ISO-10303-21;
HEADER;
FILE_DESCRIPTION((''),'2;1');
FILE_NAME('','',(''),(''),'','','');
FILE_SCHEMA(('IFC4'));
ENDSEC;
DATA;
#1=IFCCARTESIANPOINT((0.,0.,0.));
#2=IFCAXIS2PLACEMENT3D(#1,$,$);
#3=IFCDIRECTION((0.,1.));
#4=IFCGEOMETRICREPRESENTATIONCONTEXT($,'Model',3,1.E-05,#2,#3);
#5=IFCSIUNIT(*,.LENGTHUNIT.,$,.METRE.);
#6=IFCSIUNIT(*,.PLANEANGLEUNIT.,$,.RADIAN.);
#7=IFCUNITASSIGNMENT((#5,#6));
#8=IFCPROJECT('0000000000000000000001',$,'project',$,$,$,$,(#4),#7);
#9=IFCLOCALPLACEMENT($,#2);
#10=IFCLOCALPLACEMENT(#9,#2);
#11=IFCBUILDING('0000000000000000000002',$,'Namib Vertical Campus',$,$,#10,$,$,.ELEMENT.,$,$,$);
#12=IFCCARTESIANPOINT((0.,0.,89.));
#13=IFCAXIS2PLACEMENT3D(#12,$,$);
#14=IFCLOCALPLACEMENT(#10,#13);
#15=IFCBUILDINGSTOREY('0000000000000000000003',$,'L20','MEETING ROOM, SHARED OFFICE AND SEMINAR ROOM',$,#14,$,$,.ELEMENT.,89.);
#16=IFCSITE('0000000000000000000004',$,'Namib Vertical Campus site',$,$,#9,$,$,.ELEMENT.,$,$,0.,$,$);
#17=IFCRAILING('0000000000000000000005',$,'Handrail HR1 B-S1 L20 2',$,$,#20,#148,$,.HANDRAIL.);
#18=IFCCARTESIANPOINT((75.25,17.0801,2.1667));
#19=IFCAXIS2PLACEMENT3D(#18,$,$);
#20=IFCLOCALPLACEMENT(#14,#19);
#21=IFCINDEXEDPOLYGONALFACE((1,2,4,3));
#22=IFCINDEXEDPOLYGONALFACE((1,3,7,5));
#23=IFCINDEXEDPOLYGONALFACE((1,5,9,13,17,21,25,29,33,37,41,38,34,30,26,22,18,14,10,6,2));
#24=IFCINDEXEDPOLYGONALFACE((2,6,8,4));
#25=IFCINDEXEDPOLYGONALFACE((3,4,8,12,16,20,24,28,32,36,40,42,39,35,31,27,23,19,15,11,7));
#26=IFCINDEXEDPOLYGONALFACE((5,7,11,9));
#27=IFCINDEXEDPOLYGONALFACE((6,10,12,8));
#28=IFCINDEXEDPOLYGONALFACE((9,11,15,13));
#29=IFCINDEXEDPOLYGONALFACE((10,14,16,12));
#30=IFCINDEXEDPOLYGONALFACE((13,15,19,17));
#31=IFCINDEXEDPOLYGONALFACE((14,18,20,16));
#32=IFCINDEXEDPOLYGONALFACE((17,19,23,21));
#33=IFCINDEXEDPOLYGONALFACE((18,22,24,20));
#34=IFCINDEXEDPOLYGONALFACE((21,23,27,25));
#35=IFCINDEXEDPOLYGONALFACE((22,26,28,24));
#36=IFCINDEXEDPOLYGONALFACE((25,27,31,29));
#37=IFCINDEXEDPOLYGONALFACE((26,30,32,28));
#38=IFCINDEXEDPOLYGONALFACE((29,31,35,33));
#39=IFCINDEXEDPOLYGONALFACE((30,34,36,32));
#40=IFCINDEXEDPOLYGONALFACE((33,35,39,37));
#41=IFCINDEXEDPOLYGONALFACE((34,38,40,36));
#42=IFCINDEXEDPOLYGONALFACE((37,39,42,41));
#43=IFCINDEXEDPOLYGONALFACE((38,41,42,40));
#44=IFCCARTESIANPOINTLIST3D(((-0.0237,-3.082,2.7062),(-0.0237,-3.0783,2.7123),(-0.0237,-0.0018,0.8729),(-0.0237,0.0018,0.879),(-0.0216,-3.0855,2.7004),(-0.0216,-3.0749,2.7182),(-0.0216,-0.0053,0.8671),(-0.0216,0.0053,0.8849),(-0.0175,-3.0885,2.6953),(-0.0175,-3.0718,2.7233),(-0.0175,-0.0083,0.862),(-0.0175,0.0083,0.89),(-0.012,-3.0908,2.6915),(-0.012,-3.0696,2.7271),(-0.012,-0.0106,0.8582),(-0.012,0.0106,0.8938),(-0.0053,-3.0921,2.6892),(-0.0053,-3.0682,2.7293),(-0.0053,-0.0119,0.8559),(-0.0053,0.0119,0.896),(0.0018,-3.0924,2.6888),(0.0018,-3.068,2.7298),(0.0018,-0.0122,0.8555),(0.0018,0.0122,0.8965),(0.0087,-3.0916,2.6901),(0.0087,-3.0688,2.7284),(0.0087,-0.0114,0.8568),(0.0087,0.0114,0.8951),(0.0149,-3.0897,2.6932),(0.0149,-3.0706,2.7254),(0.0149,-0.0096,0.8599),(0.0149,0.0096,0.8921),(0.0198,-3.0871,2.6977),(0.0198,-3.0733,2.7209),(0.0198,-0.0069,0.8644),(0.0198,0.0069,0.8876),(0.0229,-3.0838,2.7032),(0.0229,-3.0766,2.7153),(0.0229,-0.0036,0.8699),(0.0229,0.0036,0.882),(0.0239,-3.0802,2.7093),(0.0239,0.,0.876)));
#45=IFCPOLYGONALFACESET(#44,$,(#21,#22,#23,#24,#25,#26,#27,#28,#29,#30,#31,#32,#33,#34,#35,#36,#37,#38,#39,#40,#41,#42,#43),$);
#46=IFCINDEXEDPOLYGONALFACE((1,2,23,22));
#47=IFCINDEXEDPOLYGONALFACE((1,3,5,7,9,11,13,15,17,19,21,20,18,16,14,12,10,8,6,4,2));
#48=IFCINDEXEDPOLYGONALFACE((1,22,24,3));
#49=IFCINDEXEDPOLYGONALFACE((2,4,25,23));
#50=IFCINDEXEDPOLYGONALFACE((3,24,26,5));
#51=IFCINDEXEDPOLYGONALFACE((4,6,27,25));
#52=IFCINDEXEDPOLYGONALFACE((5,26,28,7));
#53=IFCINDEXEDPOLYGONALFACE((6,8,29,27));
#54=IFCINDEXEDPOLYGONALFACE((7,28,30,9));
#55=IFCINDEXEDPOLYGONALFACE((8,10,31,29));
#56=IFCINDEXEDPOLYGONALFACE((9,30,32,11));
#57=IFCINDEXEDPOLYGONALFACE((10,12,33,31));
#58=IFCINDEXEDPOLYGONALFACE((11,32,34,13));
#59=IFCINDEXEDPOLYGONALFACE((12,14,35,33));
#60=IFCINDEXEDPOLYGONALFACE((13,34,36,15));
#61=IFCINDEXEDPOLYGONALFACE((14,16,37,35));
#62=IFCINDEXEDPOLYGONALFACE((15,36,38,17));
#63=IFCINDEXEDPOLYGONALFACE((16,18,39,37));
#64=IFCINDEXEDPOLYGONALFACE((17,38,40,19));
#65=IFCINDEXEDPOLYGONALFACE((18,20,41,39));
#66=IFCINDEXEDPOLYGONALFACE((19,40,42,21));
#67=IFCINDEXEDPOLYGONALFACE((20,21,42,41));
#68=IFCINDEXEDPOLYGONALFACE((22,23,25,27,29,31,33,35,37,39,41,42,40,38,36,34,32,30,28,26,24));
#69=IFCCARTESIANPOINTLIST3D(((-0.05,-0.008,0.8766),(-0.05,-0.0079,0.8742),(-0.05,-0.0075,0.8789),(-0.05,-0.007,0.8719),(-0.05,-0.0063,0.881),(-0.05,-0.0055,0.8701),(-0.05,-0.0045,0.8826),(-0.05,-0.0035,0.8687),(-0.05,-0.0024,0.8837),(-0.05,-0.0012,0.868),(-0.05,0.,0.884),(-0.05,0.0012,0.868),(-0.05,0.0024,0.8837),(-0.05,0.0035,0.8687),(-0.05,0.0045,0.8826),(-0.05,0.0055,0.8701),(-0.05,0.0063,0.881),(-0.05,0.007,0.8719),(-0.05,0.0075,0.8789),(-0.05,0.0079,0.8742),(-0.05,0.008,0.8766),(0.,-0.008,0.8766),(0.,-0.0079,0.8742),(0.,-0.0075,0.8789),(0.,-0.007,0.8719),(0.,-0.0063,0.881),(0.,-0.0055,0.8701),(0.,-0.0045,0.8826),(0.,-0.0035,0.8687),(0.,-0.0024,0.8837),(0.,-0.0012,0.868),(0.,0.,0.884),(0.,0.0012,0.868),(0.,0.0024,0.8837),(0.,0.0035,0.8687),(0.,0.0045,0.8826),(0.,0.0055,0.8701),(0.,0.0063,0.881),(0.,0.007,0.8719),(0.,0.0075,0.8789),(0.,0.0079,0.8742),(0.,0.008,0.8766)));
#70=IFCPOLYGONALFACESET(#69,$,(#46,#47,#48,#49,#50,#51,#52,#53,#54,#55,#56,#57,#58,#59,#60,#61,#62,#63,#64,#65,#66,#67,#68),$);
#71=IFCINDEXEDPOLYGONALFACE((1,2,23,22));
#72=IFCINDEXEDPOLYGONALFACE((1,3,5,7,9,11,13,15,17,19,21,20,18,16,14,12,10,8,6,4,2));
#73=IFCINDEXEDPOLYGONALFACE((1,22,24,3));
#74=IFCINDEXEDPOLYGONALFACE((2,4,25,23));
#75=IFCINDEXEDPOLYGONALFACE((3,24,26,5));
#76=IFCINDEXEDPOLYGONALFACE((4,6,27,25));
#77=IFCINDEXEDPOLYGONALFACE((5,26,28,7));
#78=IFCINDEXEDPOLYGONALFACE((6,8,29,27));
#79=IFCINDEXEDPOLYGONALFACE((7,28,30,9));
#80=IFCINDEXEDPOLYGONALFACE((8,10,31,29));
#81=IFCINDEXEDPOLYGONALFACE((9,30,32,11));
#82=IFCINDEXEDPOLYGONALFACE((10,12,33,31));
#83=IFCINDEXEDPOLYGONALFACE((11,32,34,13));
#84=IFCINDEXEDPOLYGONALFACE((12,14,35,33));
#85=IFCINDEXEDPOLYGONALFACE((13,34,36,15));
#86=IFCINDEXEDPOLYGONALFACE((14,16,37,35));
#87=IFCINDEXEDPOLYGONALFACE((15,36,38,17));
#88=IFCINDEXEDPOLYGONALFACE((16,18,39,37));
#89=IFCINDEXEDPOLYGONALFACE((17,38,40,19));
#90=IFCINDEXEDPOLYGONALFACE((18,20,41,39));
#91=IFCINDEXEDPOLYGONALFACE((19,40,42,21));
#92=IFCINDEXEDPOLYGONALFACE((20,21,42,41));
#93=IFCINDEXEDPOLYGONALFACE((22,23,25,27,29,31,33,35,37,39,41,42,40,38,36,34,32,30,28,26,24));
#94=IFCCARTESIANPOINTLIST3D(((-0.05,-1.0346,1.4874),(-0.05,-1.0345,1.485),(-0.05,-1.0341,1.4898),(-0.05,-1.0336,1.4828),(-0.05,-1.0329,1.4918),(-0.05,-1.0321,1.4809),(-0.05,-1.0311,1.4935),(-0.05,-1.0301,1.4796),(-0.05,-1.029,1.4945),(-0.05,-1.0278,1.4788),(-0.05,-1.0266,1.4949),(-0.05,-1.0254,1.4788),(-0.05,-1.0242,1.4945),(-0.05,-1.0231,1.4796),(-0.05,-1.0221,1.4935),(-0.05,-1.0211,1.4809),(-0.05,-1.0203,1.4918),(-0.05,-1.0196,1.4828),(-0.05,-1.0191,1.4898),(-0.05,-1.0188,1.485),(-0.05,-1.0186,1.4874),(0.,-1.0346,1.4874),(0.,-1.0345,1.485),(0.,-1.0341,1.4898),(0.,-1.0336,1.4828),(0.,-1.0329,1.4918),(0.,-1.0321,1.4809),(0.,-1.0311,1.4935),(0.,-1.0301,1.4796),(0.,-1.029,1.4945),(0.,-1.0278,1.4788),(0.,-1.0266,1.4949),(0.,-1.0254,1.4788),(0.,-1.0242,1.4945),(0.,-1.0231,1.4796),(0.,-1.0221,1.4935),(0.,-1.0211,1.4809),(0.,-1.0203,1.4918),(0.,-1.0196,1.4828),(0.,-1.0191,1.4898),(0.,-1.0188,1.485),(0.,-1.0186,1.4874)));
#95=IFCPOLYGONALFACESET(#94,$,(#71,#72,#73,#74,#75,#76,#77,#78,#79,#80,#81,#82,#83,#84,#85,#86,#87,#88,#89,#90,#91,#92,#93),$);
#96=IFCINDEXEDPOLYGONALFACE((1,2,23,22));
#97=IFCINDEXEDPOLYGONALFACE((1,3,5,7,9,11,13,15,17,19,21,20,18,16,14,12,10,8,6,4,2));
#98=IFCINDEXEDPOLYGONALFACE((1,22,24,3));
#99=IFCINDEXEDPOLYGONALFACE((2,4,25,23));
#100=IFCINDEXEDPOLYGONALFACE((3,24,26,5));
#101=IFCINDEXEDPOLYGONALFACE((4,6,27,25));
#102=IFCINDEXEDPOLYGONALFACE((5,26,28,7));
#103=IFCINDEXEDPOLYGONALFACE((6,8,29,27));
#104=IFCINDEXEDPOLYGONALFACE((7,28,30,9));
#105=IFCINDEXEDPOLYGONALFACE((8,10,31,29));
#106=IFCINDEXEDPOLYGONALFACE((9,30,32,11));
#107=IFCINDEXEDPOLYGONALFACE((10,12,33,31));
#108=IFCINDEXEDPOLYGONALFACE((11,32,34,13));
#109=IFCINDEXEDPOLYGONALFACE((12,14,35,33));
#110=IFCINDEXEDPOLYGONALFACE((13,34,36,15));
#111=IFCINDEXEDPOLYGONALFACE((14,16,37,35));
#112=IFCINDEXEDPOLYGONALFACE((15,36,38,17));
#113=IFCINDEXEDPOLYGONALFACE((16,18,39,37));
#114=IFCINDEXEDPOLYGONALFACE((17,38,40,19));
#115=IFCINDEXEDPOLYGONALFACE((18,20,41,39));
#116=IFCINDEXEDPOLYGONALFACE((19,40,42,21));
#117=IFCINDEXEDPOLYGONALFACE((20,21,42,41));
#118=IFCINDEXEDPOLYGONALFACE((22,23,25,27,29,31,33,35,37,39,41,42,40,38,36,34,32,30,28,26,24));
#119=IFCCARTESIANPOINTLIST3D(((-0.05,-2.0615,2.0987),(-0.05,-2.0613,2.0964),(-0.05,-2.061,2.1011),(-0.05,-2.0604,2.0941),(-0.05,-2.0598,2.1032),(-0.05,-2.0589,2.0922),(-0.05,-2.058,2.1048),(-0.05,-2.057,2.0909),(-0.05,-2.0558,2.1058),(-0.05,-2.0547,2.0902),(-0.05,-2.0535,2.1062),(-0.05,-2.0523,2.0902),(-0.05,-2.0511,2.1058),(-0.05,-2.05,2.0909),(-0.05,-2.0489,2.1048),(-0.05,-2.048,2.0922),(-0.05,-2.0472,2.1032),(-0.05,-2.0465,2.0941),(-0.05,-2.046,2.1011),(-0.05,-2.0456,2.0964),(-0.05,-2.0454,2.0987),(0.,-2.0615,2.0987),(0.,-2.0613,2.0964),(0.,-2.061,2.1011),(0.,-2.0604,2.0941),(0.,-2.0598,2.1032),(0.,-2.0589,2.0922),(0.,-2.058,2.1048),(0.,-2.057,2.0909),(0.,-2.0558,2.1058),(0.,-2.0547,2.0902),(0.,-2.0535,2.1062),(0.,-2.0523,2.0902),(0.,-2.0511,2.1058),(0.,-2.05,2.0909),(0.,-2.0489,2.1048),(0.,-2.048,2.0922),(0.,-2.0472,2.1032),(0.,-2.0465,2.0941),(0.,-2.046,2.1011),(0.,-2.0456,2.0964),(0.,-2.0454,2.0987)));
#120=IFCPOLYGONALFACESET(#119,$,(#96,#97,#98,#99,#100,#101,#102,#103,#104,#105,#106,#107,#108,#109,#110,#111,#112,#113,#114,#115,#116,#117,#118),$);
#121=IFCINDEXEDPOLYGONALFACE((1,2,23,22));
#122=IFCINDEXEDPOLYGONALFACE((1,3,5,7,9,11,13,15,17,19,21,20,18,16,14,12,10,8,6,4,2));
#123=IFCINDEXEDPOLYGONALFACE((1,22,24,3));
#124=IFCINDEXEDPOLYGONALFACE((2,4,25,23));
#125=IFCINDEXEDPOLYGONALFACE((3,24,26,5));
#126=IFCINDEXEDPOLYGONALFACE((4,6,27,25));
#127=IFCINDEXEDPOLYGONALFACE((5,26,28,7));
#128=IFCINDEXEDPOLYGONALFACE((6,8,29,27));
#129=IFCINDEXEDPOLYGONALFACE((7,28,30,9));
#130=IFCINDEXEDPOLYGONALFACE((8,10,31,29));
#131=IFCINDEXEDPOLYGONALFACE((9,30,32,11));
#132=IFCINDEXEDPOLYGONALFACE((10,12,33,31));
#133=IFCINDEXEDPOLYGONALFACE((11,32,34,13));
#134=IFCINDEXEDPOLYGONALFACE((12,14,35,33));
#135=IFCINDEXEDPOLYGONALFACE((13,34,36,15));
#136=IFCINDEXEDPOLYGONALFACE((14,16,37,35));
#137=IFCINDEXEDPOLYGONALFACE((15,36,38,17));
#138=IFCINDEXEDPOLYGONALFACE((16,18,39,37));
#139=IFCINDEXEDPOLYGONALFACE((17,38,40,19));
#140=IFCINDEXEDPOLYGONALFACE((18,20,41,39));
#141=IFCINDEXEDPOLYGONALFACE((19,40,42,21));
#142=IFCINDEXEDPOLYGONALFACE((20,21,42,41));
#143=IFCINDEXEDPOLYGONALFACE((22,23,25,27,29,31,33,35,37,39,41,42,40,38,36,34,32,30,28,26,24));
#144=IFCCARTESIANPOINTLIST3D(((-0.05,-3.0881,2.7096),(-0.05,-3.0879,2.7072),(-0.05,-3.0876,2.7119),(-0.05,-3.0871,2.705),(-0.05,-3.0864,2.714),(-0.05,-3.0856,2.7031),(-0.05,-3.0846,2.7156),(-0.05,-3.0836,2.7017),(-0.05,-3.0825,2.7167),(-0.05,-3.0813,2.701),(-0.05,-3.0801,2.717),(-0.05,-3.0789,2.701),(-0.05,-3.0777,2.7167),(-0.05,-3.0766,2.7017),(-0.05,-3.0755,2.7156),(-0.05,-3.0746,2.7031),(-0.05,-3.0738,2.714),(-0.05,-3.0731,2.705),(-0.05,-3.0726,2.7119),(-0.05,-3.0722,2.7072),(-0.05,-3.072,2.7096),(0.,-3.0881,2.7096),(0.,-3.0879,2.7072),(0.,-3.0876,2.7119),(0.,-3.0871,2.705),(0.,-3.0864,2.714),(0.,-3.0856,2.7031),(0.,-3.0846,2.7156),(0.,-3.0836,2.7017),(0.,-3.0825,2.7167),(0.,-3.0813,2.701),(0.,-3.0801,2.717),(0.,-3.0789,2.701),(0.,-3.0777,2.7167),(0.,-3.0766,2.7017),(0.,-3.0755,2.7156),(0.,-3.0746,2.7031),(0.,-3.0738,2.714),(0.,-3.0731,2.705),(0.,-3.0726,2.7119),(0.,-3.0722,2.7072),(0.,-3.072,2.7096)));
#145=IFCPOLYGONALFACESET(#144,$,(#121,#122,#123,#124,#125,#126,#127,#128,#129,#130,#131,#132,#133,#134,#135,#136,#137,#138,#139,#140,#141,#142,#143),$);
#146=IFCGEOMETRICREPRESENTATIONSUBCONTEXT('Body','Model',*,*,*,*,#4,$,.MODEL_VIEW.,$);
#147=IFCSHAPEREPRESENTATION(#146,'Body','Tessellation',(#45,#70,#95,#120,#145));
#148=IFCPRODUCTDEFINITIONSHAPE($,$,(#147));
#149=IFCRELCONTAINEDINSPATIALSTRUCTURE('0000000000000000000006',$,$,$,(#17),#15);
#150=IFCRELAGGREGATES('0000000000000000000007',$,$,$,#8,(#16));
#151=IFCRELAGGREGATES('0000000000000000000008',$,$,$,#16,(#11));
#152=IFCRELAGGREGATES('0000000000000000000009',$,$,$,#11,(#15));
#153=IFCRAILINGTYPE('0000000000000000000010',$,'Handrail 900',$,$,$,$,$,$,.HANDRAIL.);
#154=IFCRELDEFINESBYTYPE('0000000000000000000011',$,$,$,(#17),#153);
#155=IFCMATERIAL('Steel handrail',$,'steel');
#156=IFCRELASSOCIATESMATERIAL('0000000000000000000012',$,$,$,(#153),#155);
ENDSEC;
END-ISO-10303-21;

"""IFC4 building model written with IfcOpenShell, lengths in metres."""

from ifc_helpers import new_model, si_unit, direction, frame, origin, origin_2d, place, context, subcontext, project, spatial, circle, extrude, material, type_object, element, save


model = new_model("IFC4")

# Units and contexts
model_context = context("Model", 3, precision=1e-05, world=origin(), true_north=direction((0.0, 1.0)))
body_context = subcontext(model_context, "Body", "Model", "MODEL_VIEW")
ifc_project = project(units=[si_unit("LENGTHUNIT", "METRE"), si_unit("PLANEANGLEUNIT", "RADIAN")], contexts=[model_context])

# Site, building, storey
site_placement = place(None, origin())
site = spatial("IfcSite", under=ifc_project, at=site_placement, Name="Namib Vertical Campus site", CompositionType="ELEMENT", RefElevation=0.0)
building_placement = place(site_placement, origin())
building = spatial("IfcBuilding", under=site, at=building_placement, Name="Namib Vertical Campus", CompositionType="ELEMENT")
storey_placement = place(building_placement, frame((0.0, 0.0, 89.0)))
storey = spatial("IfcBuildingStorey", under=building, at=storey_placement, Name="L20", Description="MEETING ROOM, SHARED OFFICE AND SEMINAR ROOM", CompositionType="ELEMENT", Elevation=89.0)

# Railing
ifc_material_1 = material(Name="Steel handrail", Category="steel")
railing_type = type_object("IfcRailingType", Name="Handrail 900", PredefinedType="HANDRAIL", material=ifc_material_1)
railing_placement = place(storey_placement, frame((75.25, 17.0801, 2.1667)))
element("IfcRailing", 1, at=railing_placement, inside=storey, type_object=railing_type, Name="Handrail HR1 B-S1 L20 2", PredefinedType="HANDRAIL", context=body_context, shape_type="SweptSolid", body=[
    extrude(circle(Radius=0.0239, at=origin_2d()), frame((0.0, 0.0, 0.876), z_axis=(0.0, -0.859309, 0.511458), x_axis=(1.0, 0.0, 0.0)), (0.0, 0.0, 1.0), 3.5845),
    extrude(circle(Radius=0.0081, at=origin_2d()), frame((0.0, 0.0, 0.876), z_axis=(-1.0, 0.0, 0.0), x_axis=(0.0, 0.0, 1.0)), (0.0, 0.0, 1.0), 0.05),
    extrude(circle(Radius=0.0081, at=origin_2d()), frame((0.0, -1.0266, 1.4868), z_axis=(-1.0, 0.0, 0.0), x_axis=(0.0, 0.0, 1.0)), (0.0, 0.0, 1.0), 0.05),
    extrude(circle(Radius=0.0081, at=origin_2d()), frame((0.0, -2.0535, 2.0981), z_axis=(-1.0, 0.0, 0.0), x_axis=(0.0, 0.0, 1.0)), (0.0, 0.0, 1.0), 0.05),
    extrude(circle(Radius=0.0081, at=origin_2d()), frame((0.0, -3.0801, 2.709), z_axis=(-1.0, 0.0, 0.0), x_axis=(0.0, 0.0, 1.0)), (0.0, 0.0, 1.0), 0.05),
])

save(model, "model.ifc")
